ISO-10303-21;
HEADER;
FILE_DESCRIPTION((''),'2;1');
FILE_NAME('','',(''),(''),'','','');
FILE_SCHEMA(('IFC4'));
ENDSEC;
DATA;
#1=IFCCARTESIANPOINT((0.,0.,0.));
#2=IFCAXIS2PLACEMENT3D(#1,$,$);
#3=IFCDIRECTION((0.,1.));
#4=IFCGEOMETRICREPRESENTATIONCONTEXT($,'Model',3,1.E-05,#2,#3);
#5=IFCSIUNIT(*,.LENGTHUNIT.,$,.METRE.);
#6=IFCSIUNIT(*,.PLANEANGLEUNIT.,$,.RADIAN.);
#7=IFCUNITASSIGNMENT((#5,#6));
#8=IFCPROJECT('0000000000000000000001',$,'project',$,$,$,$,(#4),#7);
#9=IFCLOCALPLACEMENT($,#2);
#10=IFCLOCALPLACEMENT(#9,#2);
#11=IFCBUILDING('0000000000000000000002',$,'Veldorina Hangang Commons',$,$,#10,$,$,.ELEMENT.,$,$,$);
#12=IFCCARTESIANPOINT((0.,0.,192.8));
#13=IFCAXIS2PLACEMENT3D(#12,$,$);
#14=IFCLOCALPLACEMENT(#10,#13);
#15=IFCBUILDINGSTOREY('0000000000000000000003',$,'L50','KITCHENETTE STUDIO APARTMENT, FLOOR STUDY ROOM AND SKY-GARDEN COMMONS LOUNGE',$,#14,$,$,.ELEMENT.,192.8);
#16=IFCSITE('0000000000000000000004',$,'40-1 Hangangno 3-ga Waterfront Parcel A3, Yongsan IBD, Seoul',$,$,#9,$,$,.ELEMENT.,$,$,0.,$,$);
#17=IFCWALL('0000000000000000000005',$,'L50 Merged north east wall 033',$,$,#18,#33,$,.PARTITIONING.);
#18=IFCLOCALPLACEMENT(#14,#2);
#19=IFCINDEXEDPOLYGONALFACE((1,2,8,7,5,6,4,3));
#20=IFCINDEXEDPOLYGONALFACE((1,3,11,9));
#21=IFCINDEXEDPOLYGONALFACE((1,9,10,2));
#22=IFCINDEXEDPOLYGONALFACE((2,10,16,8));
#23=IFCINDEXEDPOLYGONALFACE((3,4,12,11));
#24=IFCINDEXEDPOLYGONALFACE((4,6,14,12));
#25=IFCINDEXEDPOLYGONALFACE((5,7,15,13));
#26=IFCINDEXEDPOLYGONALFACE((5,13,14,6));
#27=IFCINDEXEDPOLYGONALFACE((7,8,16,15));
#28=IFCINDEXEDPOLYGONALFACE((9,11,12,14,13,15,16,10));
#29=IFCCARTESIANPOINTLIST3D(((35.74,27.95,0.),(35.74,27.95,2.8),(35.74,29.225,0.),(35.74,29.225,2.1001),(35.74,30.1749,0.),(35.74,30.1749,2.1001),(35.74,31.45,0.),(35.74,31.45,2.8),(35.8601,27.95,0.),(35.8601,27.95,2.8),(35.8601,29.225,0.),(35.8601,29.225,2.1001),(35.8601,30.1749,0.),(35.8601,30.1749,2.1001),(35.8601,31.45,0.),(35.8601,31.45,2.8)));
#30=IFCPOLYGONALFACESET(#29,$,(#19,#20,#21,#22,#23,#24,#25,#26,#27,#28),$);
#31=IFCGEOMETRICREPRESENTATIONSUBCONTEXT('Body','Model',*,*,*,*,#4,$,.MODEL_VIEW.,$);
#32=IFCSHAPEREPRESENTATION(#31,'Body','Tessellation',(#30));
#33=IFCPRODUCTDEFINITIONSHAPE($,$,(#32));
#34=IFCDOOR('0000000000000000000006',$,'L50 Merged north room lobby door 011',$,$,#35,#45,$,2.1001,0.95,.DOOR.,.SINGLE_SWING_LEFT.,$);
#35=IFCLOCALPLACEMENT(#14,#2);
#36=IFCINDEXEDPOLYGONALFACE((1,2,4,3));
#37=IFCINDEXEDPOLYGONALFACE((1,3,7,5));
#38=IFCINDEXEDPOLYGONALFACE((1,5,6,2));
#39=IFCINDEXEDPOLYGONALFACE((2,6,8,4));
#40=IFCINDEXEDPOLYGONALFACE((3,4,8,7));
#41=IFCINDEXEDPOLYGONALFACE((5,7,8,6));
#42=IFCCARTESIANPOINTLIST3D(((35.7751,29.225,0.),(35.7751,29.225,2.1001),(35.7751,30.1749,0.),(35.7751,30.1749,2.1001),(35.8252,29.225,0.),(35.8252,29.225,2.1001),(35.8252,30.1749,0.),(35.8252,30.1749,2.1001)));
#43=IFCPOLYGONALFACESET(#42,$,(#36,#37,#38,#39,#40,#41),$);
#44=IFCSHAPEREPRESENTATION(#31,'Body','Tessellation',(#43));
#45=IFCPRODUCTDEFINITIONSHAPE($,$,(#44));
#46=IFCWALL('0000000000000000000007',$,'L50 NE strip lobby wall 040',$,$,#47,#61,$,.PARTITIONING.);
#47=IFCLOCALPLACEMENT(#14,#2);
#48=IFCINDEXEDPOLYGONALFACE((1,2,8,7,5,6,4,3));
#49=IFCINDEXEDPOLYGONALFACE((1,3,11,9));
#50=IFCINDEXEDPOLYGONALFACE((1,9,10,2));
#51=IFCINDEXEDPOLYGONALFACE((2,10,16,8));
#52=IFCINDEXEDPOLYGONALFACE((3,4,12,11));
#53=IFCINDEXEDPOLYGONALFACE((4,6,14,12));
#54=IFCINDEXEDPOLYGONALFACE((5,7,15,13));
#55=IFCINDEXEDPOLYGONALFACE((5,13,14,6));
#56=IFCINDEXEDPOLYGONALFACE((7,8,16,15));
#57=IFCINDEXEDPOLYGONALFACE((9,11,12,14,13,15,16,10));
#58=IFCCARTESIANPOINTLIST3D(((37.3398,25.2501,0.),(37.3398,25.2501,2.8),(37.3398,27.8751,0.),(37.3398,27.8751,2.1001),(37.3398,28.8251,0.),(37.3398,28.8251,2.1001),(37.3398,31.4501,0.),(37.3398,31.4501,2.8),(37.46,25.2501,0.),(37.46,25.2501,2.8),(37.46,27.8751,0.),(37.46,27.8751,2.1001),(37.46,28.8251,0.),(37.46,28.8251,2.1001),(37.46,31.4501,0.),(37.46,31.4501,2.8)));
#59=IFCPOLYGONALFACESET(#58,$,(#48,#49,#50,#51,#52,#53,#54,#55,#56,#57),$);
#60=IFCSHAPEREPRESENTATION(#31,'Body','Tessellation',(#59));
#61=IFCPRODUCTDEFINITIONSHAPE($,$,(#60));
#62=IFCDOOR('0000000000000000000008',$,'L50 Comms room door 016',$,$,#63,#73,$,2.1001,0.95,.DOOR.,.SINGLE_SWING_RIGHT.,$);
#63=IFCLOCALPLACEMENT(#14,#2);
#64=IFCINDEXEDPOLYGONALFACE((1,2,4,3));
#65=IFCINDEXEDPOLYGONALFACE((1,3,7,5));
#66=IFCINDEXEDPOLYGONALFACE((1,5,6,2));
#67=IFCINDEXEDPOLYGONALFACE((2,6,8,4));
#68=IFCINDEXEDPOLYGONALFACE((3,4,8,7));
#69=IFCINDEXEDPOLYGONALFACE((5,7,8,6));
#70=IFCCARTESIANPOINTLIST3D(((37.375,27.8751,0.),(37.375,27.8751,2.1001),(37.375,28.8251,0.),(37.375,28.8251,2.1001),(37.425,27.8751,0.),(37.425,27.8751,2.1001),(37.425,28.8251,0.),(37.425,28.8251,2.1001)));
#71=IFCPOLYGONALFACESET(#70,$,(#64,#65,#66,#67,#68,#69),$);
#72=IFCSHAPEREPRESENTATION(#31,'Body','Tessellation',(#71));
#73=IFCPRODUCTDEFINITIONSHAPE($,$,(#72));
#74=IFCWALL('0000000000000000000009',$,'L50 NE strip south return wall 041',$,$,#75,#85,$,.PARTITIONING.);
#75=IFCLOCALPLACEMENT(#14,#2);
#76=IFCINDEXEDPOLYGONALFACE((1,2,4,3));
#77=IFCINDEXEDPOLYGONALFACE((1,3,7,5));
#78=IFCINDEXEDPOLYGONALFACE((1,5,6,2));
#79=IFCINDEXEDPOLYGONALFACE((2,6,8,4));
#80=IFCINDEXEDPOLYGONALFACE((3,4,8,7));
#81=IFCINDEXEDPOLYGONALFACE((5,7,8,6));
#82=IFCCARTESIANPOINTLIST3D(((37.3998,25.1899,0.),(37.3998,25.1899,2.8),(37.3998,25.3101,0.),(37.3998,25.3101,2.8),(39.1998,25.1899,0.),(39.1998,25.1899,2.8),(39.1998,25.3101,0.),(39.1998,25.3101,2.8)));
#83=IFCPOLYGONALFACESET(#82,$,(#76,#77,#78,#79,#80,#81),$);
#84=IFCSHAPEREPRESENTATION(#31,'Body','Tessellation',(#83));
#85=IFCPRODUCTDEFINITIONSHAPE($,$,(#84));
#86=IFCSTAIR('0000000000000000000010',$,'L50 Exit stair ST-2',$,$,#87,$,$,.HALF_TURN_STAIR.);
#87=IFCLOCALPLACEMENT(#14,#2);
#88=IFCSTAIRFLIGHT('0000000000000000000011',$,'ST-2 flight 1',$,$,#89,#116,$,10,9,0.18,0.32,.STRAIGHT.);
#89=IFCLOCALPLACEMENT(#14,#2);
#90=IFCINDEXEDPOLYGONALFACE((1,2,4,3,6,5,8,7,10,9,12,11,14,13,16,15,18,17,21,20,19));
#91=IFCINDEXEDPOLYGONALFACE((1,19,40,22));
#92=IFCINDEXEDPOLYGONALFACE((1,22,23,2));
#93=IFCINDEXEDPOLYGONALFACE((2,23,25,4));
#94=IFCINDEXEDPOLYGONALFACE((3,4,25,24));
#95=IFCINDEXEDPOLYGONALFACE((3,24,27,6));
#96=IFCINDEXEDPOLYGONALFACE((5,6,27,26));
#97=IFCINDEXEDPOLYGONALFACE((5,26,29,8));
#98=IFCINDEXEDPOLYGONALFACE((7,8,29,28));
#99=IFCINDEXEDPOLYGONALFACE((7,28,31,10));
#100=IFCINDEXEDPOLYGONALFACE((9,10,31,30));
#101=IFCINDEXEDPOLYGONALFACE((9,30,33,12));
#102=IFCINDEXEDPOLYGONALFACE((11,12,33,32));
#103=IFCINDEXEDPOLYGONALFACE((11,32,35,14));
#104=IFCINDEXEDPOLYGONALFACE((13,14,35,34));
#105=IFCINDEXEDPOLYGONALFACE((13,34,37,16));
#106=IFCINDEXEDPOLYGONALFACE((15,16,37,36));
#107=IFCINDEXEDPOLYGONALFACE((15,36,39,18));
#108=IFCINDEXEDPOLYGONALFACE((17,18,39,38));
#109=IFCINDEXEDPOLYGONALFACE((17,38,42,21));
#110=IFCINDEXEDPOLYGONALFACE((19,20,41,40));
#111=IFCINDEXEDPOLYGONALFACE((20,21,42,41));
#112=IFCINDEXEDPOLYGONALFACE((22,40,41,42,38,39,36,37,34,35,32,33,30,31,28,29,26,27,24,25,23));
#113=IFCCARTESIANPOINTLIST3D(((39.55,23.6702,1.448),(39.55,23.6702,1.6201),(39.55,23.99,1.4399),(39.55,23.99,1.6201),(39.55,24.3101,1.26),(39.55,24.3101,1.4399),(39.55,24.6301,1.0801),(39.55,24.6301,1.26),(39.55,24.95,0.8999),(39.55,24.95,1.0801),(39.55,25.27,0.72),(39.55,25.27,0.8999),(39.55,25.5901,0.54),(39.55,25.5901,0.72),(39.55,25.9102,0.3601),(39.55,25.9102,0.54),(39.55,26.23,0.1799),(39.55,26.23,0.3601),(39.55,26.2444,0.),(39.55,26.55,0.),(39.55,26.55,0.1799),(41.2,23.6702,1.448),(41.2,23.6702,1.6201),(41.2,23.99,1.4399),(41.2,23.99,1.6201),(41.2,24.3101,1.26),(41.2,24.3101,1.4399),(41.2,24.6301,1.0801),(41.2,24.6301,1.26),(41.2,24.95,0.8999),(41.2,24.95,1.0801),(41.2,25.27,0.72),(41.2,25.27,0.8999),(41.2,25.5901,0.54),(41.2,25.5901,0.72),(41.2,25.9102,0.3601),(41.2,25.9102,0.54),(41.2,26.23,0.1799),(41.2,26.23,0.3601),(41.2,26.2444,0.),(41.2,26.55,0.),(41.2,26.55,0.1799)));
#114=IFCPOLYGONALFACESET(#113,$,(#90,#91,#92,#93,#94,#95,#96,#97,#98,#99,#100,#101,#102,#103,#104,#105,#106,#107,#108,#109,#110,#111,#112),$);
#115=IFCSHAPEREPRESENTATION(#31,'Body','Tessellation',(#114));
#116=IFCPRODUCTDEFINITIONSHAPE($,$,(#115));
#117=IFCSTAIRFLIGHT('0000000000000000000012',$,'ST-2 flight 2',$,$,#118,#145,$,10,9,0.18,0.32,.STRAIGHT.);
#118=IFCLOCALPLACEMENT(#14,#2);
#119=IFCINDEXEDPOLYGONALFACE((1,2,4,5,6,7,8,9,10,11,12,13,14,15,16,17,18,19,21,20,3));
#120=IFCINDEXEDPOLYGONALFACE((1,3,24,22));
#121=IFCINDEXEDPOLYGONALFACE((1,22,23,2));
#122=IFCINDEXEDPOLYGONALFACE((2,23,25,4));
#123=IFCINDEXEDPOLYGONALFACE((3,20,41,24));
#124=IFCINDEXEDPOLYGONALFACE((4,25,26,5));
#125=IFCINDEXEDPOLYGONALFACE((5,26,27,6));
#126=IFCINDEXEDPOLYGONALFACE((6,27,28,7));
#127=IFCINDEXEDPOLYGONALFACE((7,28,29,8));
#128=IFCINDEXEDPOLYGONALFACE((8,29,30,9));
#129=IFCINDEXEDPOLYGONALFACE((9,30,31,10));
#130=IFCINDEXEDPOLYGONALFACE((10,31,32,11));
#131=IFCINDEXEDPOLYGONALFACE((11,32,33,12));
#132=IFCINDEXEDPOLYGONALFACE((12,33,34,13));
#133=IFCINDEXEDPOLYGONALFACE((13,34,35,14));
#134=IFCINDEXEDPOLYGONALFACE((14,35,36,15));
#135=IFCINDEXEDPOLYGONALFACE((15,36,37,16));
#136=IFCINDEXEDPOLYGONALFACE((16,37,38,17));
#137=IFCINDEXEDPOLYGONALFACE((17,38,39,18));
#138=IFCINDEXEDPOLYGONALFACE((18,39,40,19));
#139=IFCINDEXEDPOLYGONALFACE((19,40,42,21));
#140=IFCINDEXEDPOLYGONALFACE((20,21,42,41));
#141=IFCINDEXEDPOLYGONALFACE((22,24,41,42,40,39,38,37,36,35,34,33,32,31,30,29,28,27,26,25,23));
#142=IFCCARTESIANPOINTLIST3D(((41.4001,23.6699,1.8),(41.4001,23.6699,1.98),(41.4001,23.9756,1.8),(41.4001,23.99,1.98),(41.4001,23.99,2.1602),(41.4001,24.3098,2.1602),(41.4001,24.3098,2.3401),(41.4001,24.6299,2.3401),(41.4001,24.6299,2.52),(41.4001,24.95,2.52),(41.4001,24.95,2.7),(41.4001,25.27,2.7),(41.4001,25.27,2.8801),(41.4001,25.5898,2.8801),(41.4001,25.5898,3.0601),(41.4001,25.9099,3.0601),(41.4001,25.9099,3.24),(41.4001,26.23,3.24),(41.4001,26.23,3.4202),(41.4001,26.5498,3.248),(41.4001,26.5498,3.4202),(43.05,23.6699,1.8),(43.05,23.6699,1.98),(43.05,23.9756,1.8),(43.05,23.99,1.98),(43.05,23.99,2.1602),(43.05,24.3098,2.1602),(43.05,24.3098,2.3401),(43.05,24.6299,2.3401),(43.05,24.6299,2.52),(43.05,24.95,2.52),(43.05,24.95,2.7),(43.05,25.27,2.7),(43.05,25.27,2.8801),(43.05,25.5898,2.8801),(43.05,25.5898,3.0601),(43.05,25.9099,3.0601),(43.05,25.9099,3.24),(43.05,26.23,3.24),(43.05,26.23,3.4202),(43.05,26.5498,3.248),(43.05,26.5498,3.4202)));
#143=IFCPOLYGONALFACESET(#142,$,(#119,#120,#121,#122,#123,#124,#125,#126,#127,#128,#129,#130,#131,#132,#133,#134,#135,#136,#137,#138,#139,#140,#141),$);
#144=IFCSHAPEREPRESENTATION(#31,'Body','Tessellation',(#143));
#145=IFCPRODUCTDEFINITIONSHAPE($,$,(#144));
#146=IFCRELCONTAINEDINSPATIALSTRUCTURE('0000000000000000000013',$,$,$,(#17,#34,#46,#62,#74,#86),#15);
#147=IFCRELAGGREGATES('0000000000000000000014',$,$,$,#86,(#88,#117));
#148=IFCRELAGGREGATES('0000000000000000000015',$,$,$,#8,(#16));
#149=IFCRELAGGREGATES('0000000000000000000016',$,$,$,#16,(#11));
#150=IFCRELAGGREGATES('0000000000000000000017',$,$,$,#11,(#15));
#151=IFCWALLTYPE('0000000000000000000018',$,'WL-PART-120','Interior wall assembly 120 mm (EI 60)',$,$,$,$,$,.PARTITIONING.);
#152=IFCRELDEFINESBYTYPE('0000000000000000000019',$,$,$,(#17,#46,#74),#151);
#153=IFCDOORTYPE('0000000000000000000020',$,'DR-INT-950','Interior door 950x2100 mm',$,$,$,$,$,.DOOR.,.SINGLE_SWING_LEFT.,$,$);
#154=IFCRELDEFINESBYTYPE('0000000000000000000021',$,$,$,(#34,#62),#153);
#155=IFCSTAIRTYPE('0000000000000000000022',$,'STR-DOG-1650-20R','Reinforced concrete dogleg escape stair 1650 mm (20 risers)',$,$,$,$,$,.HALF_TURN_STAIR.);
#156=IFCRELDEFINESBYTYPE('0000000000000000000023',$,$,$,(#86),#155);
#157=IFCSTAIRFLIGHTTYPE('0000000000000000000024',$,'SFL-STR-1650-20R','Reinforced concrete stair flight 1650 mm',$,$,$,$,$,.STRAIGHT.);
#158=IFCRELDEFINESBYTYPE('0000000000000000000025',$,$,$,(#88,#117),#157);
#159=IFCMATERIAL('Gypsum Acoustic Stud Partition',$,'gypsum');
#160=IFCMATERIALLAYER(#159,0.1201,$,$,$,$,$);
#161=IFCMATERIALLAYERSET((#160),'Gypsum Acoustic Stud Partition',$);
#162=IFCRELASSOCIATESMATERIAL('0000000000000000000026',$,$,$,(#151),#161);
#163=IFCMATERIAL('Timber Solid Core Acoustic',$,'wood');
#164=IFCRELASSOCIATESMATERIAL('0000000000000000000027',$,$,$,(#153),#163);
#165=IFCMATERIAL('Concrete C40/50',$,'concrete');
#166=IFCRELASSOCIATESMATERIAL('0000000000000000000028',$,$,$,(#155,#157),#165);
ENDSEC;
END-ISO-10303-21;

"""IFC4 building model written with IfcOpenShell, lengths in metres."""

from ifc_helpers import new_model, si_unit, direction, frame, frame_2d, origin, place, context, subcontext, project, spatial, polyline, rectangle, outline, extrude, material, layer, layer_set, type_object, element, fill, aggregate, save


model = new_model("IFC4")

# Units and contexts
model_context = context("Model", 3, precision=1e-05, world=origin(), true_north=direction((0.0, 1.0)))
body_context = subcontext(model_context, "Body", "Model", "MODEL_VIEW")
ifc_project = project(units=[si_unit("LENGTHUNIT", "METRE"), si_unit("PLANEANGLEUNIT", "RADIAN")], contexts=[model_context])

# Site, building, storey
site_placement = place(None, origin())
site = spatial("IfcSite", under=ifc_project, at=site_placement, Name="40-1 Hangangno 3-ga Waterfront Parcel A3, Yongsan IBD, Seoul", CompositionType="ELEMENT", RefElevation=0.0)
building_placement = place(site_placement, origin())
building = spatial("IfcBuilding", under=site, at=building_placement, Name="Veldorina Hangang Commons", CompositionType="ELEMENT")
storey_placement = place(building_placement, frame((0.0, 0.0, 192.8)))
storey = spatial("IfcBuildingStorey", under=building, at=storey_placement, Name="L50", Description="KITCHENETTE STUDIO APARTMENT, FLOOR STUDY ROOM AND SKY-GARDEN COMMONS LOUNGE", CompositionType="ELEMENT", Elevation=192.8)

# Walls, openings, doors
ifc_material_1 = material(Name="Gypsum Acoustic Stud Partition", Category="gypsum")
ifc_layer_1 = layer(ifc_material_1, 0.1201)
ifc_layer_set_1 = layer_set([ifc_layer_1], Name="Gypsum Acoustic Stud Partition")
wall_type_1 = type_object("IfcWallType", Name="WL-PART-120", Description="Interior wall assembly 120 mm (EI 60)", PredefinedType="PARTITIONING", material=ifc_layer_set_1)
wall_1_placement = place(storey_placement, frame((35.8, 27.95, 0.0), z_axis=(0.0, 0.0, 1.0), x_axis=(0.0, 1.0, 0.0)))
wall_1 = element("IfcWall", 1, at=wall_1_placement, inside=storey, type_object=wall_type_1, Name="L50 Merged north east wall 033", PredefinedType="PARTITIONING", context=body_context, shape_type="SweptSolid", body=[
    extrude(rectangle(XDim=3.5, YDim=0.1201, at=frame_2d((1.75, 0.0))), origin(), (0.0, 0.0, 1.0), 2.8),
])
opening_1_placement = place(wall_1_placement, frame((1.2749, 0.0, 0.0)))
opening_1 = element("IfcOpeningElement", 2, at=opening_1_placement, cuts=wall_1, PredefinedType="OPENING", context=body_context, shape_type="SweptSolid", body=[
    extrude(rectangle(XDim=0.95, YDim=2.1001, at=frame_2d((0.4751, 1.05))), frame((0.0, 0.0701, 0.0), z_axis=(0.0, -1.0, 0.0), x_axis=(1.0, 0.0, 0.0)), (0.0, 0.0, 1.0), 0.1401),
])
ifc_material_2 = material(Name="Timber Solid Core Acoustic", Category="wood")
door_type_1 = type_object("IfcDoorType", Name="DR-INT-950", Description="Interior door 950x2100 mm", OperationType="SINGLE_SWING_LEFT", PredefinedType="DOOR", material=ifc_material_2)
door_1_placement = place(opening_1_placement, origin())
door_1 = element("IfcDoor", 3, at=door_1_placement, inside=storey, type_object=door_type_1, Name="L50 Merged north room lobby door 011", OperationType="SINGLE_SWING_LEFT", OverallHeight=2.1001, OverallWidth=0.95, PredefinedType="DOOR", context=body_context, shape_type="SweptSolid", body=[
    extrude(rectangle(XDim=0.95, YDim=2.1001, at=frame_2d((0.4751, 1.05))), frame((0.0, 0.0249, 0.0), z_axis=(0.0, -1.0, 0.0), x_axis=(1.0, 0.0, 0.0)), (0.0, 0.0, 1.0), 0.05),
])
fill(opening_1, door_1)
wall_2_placement = place(storey_placement, frame((37.3999, 25.25, 0.0), z_axis=(0.0, 0.0, 1.0), x_axis=(0.0, 1.0, 0.0)))
wall_2 = element("IfcWall", 4, at=wall_2_placement, inside=storey, type_object=wall_type_1, Name="L50 NE strip lobby wall 040", PredefinedType="PARTITIONING", context=body_context, shape_type="SweptSolid", body=[
    extrude(rectangle(XDim=6.2, YDim=0.1201, at=frame_2d((3.1001, 0.0))), origin(), (0.0, 0.0, 1.0), 2.8),
])
opening_2_placement = place(wall_2_placement, frame((2.625, 0.0, 0.0)))
opening_2 = element("IfcOpeningElement", 5, at=opening_2_placement, cuts=wall_2, PredefinedType="OPENING", context=body_context, shape_type="SweptSolid", body=[
    extrude(rectangle(XDim=0.95, YDim=2.1001, at=frame_2d((0.4751, 1.05))), frame((0.0, 0.0701, 0.0), z_axis=(0.0, -1.0, 0.0), x_axis=(1.0, 0.0, 0.0)), (0.0, 0.0, 1.0), 0.1401),
])
door_2_placement = place(opening_2_placement, origin())
door_2 = element("IfcDoor", 6, at=door_2_placement, inside=storey, type_object=door_type_1, Name="L50 Comms room door 016", OperationType="SINGLE_SWING_RIGHT", OverallHeight=2.1001, OverallWidth=0.95, PredefinedType="DOOR", context=body_context, shape_type="SweptSolid", body=[
    extrude(rectangle(XDim=0.95, YDim=2.1001, at=frame_2d((0.4751, 1.05))), frame((0.0, 0.0249, 0.0), z_axis=(0.0, -1.0, 0.0), x_axis=(1.0, 0.0, 0.0)), (0.0, 0.0, 1.0), 0.05),
])
fill(opening_2, door_2)

# Wall
wall_3_placement = place(storey_placement, frame((37.3999, 25.25, 0.0), z_axis=(0.0, 0.0, 1.0), x_axis=(1.0, 0.0, 0.0)))
element("IfcWall", 7, at=wall_3_placement, inside=storey, type_object=wall_type_1, Name="L50 NE strip south return wall 041", PredefinedType="PARTITIONING", context=body_context, shape_type="SweptSolid", body=[
    extrude(rectangle(XDim=1.8, YDim=0.1201, at=frame_2d((0.8999, 0.0))), origin(), (0.0, 0.0, 1.0), 2.8),
])

# Stair, stair flights
ifc_material_3 = material(Name="Concrete C40/50", Category="concrete")
stair_type = type_object("IfcStairType", Name="STR-DOG-1650-20R", Description="Reinforced concrete dogleg escape stair 1650 mm (20 risers)", PredefinedType="HALF_TURN_STAIR", material=ifc_material_3)
stair_placement = place(storey_placement, origin())
stair = element("IfcStair", 8, at=stair_placement, inside=storey, type_object=stair_type, Name="L50 Exit stair ST-2", PredefinedType="HALF_TURN_STAIR")
stair_flight_type = type_object("IfcStairFlightType", Name="SFL-STR-1650-20R", Description="Reinforced concrete stair flight 1650 mm", PredefinedType="STRAIGHT", material=ifc_material_3)
stair_flight_1_placement = place(storey_placement, frame((40.375, 26.55, 0.0), z_axis=(0.0, 0.0, 1.0), x_axis=(0.0, -1.0, 0.0)))
stair_flight_1 = element("IfcStairFlight", 9, at=stair_flight_1_placement, type_object=stair_flight_type, Name="ST-2 flight 1", NumberOfRisers=10, NumberOfTreads=9, PredefinedType="STRAIGHT", RiserHeight=0.18, TreadLength=0.32, context=body_context, shape_type="SweptSolid", body=[
    extrude(outline(polyline([(0.0, 0.0), (0.0, 0.1799), (0.3201, 0.1799), (0.3201, 0.3601), (0.6399, 0.3601), (0.6399, 0.54), (0.96, 0.54), (0.96, 0.72), (1.28, 0.72), (1.28, 0.8999), (1.6001, 0.8999), (1.6001, 1.0801), (1.9199, 1.0801), (1.9199, 1.26), (2.24, 1.26), (2.24, 1.4399), (2.5601, 1.4399), (2.5601, 1.6201), (2.8799, 1.6201), (2.8799, 1.8), (2.8799, 1.448), (0.3057, 0.0), (0.0, 0.0)])), frame((0.0, 0.825, 0.0), z_axis=(0.0, -1.0, 0.0), x_axis=(1.0, 0.0, 0.0)), (0.0, 0.0, 1.0), 1.6499),
])
stair_flight_2_placement = place(storey_placement, frame((42.2251, 23.6699, 1.8), z_axis=(0.0, 0.0, 1.0), x_axis=(0.0, 1.0, 0.0)))
stair_flight_2 = element("IfcStairFlight", 10, at=stair_flight_2_placement, type_object=stair_flight_type, Name="ST-2 flight 2", NumberOfRisers=10, NumberOfTreads=9, PredefinedType="STRAIGHT", RiserHeight=0.18, TreadLength=0.32, context=body_context, shape_type="SweptSolid", body=[
    extrude(outline(polyline([(0.0, 0.0), (0.0, 0.1799), (0.3201, 0.1799), (0.3201, 0.3601), (0.6399, 0.3601), (0.6399, 0.54), (0.96, 0.54), (0.96, 0.72), (1.28, 0.72), (1.28, 0.8999), (1.6001, 0.8999), (1.6001, 1.0801), (1.9199, 1.0801), (1.9199, 1.26), (2.24, 1.26), (2.24, 1.4399), (2.5601, 1.4399), (2.5601, 1.6201), (2.8799, 1.6201), (2.8799, 1.8), (2.8799, 1.448), (0.3057, 0.0), (0.0, 0.0)])), frame((0.0, 0.825, 0.0), z_axis=(0.0, -1.0, 0.0), x_axis=(1.0, 0.0, 0.0)), (0.0, 0.0, 1.0), 1.6499),
])
aggregate(stair, [stair_flight_1, stair_flight_2])

save(model, "model.ifc")
